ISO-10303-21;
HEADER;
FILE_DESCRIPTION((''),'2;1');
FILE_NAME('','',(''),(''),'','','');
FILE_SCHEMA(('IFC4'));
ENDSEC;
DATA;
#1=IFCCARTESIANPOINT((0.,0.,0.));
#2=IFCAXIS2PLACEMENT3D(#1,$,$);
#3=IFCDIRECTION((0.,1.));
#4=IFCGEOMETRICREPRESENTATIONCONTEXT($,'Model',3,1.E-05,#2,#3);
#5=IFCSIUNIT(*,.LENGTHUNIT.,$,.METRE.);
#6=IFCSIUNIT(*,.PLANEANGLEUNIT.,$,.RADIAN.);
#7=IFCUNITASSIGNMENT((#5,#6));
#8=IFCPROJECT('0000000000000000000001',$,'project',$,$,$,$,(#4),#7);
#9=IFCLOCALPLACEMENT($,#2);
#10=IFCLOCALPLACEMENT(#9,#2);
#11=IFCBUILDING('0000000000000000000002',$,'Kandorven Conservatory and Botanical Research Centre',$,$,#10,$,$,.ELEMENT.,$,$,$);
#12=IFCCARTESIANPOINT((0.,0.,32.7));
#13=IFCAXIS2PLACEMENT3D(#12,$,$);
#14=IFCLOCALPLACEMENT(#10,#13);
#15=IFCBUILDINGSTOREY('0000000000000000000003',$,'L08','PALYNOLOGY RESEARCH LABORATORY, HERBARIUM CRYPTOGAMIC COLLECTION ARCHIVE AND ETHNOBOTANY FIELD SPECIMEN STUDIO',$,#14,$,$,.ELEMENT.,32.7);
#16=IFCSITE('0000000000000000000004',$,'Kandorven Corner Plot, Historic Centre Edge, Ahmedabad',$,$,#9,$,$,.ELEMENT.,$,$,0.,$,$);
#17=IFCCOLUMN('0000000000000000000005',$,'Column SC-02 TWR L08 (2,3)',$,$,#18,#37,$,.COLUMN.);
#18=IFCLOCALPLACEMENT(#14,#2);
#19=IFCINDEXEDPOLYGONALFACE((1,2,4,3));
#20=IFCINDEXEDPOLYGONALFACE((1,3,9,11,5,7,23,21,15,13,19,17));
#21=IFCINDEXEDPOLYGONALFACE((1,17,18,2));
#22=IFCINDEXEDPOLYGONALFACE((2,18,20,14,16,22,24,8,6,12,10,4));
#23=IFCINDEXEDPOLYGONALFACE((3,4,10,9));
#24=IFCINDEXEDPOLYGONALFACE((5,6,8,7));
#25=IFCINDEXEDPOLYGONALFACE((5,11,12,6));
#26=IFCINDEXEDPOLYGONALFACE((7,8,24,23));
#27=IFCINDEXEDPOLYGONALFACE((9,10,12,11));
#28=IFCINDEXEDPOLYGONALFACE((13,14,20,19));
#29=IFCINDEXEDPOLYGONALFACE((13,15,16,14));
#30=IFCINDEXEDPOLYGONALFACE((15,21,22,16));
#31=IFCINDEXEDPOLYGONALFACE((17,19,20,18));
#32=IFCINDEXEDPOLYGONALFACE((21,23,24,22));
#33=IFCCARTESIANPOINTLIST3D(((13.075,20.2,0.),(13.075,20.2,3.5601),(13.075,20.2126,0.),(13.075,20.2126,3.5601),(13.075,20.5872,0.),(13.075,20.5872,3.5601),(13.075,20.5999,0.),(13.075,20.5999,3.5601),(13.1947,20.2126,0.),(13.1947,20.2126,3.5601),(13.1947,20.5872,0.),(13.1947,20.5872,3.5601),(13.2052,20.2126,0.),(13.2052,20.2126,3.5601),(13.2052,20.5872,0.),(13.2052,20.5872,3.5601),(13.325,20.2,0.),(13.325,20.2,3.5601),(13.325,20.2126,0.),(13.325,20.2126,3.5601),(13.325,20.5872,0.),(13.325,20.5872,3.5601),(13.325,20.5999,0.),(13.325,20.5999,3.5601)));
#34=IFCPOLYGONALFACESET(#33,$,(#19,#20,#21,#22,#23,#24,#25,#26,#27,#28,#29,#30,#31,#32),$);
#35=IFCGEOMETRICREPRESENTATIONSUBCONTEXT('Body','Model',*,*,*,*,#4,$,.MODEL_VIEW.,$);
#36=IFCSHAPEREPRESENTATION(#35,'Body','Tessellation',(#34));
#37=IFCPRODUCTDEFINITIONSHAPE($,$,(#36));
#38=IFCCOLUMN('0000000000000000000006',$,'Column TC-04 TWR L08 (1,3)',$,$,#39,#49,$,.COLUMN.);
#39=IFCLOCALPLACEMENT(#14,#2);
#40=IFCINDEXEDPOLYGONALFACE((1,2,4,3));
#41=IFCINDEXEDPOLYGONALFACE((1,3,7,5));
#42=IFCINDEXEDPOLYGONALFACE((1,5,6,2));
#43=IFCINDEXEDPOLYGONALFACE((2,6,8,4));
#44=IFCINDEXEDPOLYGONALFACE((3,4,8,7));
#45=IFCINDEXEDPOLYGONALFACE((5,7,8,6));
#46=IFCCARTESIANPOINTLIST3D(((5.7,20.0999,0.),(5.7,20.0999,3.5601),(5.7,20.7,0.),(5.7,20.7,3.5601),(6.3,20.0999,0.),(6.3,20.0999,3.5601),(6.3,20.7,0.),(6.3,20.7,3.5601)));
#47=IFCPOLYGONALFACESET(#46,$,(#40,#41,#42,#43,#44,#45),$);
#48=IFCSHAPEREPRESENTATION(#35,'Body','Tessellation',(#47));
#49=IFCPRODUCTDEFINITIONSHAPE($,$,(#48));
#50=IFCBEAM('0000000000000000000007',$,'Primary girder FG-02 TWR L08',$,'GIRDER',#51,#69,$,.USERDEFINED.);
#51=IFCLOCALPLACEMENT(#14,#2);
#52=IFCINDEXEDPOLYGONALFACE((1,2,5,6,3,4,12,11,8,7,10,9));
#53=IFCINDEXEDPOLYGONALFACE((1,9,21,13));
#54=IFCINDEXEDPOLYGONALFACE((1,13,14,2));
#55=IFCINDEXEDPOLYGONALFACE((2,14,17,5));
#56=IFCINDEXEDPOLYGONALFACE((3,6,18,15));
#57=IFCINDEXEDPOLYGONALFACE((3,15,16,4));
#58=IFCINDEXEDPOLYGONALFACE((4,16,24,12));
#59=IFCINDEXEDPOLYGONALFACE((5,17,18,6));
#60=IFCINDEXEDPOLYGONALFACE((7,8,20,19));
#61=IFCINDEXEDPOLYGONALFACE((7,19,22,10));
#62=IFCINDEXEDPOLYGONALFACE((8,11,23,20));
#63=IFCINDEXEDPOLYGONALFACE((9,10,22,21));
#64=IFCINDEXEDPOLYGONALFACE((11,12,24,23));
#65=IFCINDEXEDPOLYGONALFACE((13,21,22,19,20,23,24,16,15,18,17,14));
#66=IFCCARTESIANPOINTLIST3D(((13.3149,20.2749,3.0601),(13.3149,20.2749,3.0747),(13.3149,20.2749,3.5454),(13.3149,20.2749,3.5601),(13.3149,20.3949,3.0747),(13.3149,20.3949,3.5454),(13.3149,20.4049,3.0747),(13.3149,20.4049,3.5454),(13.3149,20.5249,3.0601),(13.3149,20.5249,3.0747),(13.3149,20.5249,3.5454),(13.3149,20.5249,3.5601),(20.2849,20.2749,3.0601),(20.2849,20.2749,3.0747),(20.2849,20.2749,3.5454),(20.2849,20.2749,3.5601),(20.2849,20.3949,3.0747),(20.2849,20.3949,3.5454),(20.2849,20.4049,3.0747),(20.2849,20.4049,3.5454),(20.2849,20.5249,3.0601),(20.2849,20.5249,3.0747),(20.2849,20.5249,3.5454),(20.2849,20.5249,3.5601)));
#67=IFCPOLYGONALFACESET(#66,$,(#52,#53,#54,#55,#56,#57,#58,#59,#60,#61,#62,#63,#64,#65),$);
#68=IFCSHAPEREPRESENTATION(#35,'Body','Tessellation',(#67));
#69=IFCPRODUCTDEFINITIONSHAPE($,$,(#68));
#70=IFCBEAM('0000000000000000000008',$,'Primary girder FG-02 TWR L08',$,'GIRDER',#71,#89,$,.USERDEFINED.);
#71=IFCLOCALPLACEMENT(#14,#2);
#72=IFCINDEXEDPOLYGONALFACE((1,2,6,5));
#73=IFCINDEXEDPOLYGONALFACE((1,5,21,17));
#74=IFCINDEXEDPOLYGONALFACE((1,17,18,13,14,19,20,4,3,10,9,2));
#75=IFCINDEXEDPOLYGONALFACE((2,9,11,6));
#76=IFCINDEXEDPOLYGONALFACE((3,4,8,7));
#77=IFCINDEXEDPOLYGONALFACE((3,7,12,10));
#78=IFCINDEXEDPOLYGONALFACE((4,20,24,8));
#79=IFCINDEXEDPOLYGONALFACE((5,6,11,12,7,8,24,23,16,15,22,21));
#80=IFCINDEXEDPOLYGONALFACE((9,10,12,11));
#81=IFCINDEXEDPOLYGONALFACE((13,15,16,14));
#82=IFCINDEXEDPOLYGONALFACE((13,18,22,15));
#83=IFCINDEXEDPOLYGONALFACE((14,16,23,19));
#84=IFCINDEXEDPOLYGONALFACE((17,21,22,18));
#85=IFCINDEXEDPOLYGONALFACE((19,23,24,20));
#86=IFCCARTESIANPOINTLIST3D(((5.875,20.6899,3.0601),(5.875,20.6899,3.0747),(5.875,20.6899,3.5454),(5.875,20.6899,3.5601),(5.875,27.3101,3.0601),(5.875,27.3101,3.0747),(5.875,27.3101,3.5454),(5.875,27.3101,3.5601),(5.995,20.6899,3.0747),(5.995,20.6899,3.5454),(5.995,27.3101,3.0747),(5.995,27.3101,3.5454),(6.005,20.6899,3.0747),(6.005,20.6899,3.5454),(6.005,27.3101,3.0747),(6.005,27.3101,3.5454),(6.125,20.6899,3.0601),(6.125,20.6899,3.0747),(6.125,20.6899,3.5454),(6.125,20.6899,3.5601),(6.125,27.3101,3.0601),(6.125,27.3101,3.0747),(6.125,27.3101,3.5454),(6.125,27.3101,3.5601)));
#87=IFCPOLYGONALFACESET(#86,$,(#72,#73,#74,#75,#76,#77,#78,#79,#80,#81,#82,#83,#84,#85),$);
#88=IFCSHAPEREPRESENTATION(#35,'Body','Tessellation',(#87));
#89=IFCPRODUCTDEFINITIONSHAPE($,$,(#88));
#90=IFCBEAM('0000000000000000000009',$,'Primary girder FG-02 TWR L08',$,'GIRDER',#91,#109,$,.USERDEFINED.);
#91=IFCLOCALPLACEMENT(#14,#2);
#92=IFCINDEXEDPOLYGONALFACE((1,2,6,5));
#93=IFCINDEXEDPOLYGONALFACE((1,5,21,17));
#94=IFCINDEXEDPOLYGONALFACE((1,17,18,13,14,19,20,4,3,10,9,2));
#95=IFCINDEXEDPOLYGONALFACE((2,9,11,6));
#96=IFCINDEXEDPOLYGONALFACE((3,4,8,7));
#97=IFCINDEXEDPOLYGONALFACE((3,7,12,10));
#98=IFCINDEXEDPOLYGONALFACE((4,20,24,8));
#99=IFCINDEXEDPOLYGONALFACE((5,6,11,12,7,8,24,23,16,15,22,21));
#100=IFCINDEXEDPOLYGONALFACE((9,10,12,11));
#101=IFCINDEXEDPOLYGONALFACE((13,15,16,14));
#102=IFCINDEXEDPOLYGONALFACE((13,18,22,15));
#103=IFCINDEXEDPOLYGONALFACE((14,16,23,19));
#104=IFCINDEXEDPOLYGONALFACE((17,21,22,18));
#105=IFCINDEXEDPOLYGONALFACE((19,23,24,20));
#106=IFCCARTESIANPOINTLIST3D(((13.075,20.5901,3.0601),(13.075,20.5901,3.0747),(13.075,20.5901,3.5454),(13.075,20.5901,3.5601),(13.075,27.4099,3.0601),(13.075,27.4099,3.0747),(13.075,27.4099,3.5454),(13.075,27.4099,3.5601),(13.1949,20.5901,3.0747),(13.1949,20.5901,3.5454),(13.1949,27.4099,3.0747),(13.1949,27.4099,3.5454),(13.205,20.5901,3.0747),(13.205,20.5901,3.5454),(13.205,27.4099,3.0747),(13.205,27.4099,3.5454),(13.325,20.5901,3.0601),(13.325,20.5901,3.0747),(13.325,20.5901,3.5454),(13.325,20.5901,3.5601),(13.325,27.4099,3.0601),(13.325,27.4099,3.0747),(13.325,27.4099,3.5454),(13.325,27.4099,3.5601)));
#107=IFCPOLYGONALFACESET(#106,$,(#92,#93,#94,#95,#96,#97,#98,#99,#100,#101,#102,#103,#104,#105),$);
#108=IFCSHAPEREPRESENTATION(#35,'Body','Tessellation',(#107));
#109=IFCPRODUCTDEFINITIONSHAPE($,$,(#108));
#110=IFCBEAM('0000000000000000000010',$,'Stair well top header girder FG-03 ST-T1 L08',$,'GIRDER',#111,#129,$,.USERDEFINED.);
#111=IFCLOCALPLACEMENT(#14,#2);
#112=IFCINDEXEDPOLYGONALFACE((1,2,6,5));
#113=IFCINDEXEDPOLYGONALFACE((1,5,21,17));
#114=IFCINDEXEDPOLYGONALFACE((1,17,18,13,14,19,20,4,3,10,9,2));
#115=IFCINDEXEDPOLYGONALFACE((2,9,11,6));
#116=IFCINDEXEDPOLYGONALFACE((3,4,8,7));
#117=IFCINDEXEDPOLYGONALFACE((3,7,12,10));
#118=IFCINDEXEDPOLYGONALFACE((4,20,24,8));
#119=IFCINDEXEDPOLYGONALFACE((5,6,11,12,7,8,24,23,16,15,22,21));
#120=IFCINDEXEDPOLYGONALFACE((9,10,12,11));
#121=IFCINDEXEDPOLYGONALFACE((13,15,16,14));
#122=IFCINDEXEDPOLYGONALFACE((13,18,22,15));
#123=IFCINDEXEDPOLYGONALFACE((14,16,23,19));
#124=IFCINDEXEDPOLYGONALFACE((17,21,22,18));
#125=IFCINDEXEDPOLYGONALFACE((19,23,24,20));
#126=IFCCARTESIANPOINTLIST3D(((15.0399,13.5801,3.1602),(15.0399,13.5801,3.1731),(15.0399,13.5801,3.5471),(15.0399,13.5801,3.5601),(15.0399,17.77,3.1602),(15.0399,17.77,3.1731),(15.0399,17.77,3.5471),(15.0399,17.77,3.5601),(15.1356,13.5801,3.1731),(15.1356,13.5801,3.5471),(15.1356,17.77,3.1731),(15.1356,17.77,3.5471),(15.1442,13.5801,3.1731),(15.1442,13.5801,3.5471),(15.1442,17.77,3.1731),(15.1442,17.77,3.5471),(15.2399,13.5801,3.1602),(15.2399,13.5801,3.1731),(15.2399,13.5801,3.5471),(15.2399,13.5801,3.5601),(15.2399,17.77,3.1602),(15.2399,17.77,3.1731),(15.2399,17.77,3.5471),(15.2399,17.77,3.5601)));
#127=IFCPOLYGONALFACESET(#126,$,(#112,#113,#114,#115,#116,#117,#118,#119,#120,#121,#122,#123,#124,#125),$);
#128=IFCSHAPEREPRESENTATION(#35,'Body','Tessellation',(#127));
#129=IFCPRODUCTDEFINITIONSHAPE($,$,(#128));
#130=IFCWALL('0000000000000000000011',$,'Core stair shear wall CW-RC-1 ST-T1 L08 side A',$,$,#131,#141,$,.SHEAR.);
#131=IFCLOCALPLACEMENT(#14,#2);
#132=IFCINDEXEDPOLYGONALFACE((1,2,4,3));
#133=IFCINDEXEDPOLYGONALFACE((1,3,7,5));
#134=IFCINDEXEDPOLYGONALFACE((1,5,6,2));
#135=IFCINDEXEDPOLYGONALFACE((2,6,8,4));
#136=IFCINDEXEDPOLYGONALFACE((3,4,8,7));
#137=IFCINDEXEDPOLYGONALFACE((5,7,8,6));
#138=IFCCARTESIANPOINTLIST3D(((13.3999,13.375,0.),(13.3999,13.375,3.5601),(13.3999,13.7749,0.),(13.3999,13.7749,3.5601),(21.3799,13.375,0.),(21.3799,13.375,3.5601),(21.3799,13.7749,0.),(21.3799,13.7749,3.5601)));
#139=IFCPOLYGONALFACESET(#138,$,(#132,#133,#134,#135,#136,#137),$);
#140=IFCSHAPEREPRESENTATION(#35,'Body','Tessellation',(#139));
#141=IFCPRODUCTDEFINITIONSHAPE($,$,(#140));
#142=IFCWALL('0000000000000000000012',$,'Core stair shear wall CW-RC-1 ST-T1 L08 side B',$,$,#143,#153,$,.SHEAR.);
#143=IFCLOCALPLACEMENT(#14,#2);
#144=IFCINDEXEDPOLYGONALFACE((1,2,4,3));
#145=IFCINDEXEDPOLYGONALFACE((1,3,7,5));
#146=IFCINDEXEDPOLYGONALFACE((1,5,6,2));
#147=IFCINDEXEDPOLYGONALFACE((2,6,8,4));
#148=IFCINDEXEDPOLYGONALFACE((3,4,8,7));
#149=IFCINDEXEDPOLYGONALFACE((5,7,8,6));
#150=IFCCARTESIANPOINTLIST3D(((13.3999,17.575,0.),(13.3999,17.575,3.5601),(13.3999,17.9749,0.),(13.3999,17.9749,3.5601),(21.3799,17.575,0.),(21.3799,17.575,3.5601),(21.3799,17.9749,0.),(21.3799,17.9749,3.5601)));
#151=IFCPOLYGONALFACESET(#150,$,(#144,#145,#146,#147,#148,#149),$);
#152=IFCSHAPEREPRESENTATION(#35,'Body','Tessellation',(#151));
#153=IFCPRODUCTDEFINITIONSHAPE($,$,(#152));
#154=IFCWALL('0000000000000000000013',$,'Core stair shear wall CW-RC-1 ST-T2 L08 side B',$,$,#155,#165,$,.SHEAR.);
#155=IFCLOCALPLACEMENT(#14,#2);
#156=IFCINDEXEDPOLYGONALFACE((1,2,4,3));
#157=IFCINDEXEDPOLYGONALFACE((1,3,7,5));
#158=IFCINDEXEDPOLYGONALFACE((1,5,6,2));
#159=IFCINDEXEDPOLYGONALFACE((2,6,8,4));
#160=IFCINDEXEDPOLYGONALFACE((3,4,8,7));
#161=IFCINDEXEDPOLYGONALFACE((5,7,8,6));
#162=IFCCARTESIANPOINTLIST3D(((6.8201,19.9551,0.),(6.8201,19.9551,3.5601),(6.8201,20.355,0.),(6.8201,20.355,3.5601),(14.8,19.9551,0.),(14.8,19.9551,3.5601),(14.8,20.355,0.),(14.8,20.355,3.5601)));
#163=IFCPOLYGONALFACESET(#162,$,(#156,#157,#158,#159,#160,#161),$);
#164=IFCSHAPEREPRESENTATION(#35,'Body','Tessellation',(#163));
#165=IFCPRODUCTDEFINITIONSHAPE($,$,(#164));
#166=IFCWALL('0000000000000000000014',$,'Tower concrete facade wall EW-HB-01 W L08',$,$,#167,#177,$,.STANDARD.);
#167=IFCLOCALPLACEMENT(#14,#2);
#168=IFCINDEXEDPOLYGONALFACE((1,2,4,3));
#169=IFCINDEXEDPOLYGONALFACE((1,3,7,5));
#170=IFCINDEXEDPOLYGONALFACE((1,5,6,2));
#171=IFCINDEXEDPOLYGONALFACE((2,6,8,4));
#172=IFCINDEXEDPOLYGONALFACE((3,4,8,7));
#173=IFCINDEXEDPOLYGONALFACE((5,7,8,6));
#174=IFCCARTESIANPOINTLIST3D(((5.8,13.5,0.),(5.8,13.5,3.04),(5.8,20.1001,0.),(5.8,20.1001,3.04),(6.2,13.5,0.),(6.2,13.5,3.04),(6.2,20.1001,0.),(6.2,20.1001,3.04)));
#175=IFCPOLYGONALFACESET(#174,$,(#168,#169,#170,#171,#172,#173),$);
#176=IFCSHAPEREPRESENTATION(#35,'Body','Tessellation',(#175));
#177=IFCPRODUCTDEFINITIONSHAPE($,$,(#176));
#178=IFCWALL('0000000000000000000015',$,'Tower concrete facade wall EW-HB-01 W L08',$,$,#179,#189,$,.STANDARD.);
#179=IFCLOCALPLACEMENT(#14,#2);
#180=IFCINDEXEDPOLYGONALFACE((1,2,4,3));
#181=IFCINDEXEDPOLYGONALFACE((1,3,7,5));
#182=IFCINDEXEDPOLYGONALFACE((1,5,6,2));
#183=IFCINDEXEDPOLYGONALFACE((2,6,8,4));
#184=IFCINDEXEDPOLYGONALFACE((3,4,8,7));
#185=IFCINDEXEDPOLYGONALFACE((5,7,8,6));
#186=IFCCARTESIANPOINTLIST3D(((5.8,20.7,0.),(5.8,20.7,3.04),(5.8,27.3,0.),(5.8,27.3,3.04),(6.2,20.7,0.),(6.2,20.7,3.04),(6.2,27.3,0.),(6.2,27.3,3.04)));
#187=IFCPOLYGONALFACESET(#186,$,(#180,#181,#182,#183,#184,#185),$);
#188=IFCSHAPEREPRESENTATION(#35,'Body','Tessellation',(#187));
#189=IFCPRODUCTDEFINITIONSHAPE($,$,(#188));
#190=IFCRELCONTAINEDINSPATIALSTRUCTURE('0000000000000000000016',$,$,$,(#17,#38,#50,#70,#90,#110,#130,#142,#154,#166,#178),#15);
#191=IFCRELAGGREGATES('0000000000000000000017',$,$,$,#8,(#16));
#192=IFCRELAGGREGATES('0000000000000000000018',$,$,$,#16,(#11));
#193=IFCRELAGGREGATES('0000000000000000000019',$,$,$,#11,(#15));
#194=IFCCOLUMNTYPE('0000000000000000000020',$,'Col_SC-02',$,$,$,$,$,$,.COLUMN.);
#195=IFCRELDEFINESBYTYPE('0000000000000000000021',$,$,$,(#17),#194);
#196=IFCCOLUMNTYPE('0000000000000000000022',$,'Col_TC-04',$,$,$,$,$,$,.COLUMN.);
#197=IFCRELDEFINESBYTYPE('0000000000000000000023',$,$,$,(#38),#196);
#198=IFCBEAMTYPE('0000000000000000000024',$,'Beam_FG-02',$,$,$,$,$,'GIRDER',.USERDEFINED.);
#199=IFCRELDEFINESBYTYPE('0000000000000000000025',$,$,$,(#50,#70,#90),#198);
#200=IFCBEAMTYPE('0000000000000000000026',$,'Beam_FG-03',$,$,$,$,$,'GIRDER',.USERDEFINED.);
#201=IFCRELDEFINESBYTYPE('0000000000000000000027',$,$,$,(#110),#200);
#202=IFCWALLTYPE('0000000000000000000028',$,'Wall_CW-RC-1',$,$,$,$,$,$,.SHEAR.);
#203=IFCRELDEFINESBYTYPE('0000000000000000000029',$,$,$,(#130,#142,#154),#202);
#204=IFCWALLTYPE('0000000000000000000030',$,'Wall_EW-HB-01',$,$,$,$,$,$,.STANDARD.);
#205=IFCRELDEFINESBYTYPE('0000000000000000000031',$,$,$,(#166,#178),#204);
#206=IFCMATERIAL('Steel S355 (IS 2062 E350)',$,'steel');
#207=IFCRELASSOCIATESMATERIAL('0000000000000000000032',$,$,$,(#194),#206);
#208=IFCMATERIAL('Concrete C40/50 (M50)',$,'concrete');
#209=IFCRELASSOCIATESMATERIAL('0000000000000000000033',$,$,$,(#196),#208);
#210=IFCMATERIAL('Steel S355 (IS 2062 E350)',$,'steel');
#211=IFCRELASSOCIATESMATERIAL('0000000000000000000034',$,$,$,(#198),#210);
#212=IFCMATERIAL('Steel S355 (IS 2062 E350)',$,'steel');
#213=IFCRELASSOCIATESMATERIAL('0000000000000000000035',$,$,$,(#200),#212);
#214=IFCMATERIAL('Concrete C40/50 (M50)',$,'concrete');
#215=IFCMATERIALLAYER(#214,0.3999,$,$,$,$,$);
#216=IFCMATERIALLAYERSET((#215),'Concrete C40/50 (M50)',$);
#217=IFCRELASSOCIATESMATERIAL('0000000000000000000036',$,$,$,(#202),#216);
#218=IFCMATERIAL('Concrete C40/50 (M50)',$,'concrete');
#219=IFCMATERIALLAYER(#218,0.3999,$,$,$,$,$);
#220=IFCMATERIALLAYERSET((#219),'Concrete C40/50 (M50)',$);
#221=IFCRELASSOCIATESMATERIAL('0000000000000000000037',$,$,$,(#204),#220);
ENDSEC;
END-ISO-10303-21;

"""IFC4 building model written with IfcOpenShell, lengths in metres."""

from ifc_helpers import new_model, si_unit, direction, frame, frame_2d, origin, origin_2d, place, context, subcontext, project, spatial, rectangle, i_section, extrude, material, layer, layer_set, material_profile, profile_set, type_object, element, save


model = new_model("IFC4")

# Units and contexts
model_context = context("Model", 3, precision=1e-05, world=origin(), true_north=direction((0.0, 1.0)))
body_context = subcontext(model_context, "Body", "Model", "MODEL_VIEW")
ifc_project = project(units=[si_unit("LENGTHUNIT", "METRE"), si_unit("PLANEANGLEUNIT", "RADIAN")], contexts=[model_context])

# Site, building, storey
site_placement = place(None, origin())
site = spatial("IfcSite", under=ifc_project, at=site_placement, Name="Kandorven Corner Plot, Historic Centre Edge, Ahmedabad", CompositionType="ELEMENT", RefElevation=0.0)
building_placement = place(site_placement, origin())
building = spatial("IfcBuilding", under=site, at=building_placement, Name="Kandorven Conservatory and Botanical Research Centre", CompositionType="ELEMENT")
storey_placement = place(building_placement, frame((0.0, 0.0, 32.7)))
storey = spatial("IfcBuildingStorey", under=building, at=storey_placement, Name="L08", Description="PALYNOLOGY RESEARCH LABORATORY, HERBARIUM CRYPTOGAMIC COLLECTION ARCHIVE AND ETHNOBOTANY FIELD SPECIMEN STUDIO", CompositionType="ELEMENT", Elevation=32.7)

# Columns
ifc_material_1 = material(Name="Steel S355 (IS 2062 E350)", Category="steel")
ifc_material_profile_1 = material_profile(ifc_material_1, i_section(OverallWidth=0.25, OverallDepth=0.3999, WebThickness=0.0105, FlangeThickness=0.0127, at=origin_2d()))
ifc_profile_set_1 = profile_set([ifc_material_profile_1], Name="Steel S355 (IS 2062 E350)")
column_type_1 = type_object("IfcColumnType", Name="Col_SC-02", PredefinedType="COLUMN", material=ifc_profile_set_1)
column_1_placement = place(storey_placement, frame((13.2, 20.3999, 0.0), z_axis=(0.0, 0.0, 1.0), x_axis=(1.0, 0.0, 0.0)))
element("IfcColumn", 1, at=column_1_placement, inside=storey, type_object=column_type_1, Name="Column SC-02 TWR L08 (2,3)", PredefinedType="COLUMN", context=body_context, shape_type="SweptSolid", body=[
    extrude(i_section(OverallWidth=0.25, OverallDepth=0.3999, WebThickness=0.0105, FlangeThickness=0.0127, at=origin_2d()), origin(), (0.0, 0.0, 1.0), 3.5601),
])
ifc_material_2 = material(Name="Concrete C40/50 (M50)", Category="concrete")
ifc_material_profile_2 = material_profile(ifc_material_2, rectangle(XDim=0.6001, YDim=0.6001, at=origin_2d()))
ifc_profile_set_2 = profile_set([ifc_material_profile_2], Name="Concrete C40/50 (M50)")
column_type_2 = type_object("IfcColumnType", Name="Col_TC-04", PredefinedType="COLUMN", material=ifc_profile_set_2)
column_2_placement = place(storey_placement, frame((6.0, 20.3999, 0.0), z_axis=(0.0, 0.0, 1.0), x_axis=(1.0, 0.0, 0.0)))
element("IfcColumn", 2, at=column_2_placement, inside=storey, type_object=column_type_2, Name="Column TC-04 TWR L08 (1,3)", PredefinedType="COLUMN", context=body_context, shape_type="SweptSolid", body=[
    extrude(rectangle(XDim=0.6001, YDim=0.6001, at=origin_2d()), origin(), (0.0, 0.0, 1.0), 3.5601),
])

# Beams
ifc_material_3 = material(Name="Steel S355 (IS 2062 E350)", Category="steel")
ifc_material_profile_3 = material_profile(ifc_material_3, i_section(OverallWidth=0.25, OverallDepth=0.5, WebThickness=0.01, FlangeThickness=0.0146, at=origin_2d()))
ifc_profile_set_3 = profile_set([ifc_material_profile_3], Name="Steel S355 (IS 2062 E350)")
beam_type_1 = type_object("IfcBeamType", Name="Beam_FG-02", ElementType="GIRDER", PredefinedType="USERDEFINED", material=ifc_profile_set_3)
beam_1_placement = place(storey_placement, frame((13.3149, 20.3999, 3.3101), z_axis=(1.0, 0.0, 0.0), x_axis=(0.0, 1.0, 0.0)))
element("IfcBeam", 3, at=beam_1_placement, inside=storey, type_object=beam_type_1, Name="Primary girder FG-02 TWR L08", ObjectType="GIRDER", PredefinedType="USERDEFINED", context=body_context, shape_type="SweptSolid", body=[
    extrude(i_section(OverallWidth=0.25, OverallDepth=0.5, WebThickness=0.01, FlangeThickness=0.0146, at=origin_2d()), origin(), (0.0, 0.0, 1.0), 6.97),
])
beam_2_placement = place(storey_placement, frame((6.0, 20.6899, 3.3101), z_axis=(0.0, 1.0, 0.0), x_axis=(-1.0, 0.0, 0.0)))
element("IfcBeam", 4, at=beam_2_placement, inside=storey, type_object=beam_type_1, Name="Primary girder FG-02 TWR L08", ObjectType="GIRDER", PredefinedType="USERDEFINED", context=body_context, shape_type="SweptSolid", body=[
    extrude(i_section(OverallWidth=0.25, OverallDepth=0.5, WebThickness=0.01, FlangeThickness=0.0146, at=origin_2d()), origin(), (0.0, 0.0, 1.0), 6.6201),
])
beam_3_placement = place(storey_placement, frame((13.2, 20.5901, 3.3101), z_axis=(0.0, 1.0, 0.0), x_axis=(-1.0, 0.0, 0.0)))
element("IfcBeam", 5, at=beam_3_placement, inside=storey, type_object=beam_type_1, Name="Primary girder FG-02 TWR L08", ObjectType="GIRDER", PredefinedType="USERDEFINED", context=body_context, shape_type="SweptSolid", body=[
    extrude(i_section(OverallWidth=0.25, OverallDepth=0.5, WebThickness=0.01, FlangeThickness=0.0146, at=origin_2d()), origin(), (0.0, 0.0, 1.0), 6.8198),
])
ifc_material_4 = material(Name="Steel S355 (IS 2062 E350)", Category="steel")
ifc_material_profile_4 = material_profile(ifc_material_4, i_section(OverallWidth=0.2, OverallDepth=0.3999, WebThickness=0.0085, FlangeThickness=0.0129, at=origin_2d()))
ifc_profile_set_4 = profile_set([ifc_material_profile_4], Name="Steel S355 (IS 2062 E350)")
beam_type_2 = type_object("IfcBeamType", Name="Beam_FG-03", ElementType="GIRDER", PredefinedType="USERDEFINED", material=ifc_profile_set_4)
beam_4_placement = place(storey_placement, frame((15.1399, 13.5801, 3.3601), z_axis=(0.0, 1.0, 0.0), x_axis=(-1.0, 0.0, 0.0)))
element("IfcBeam", 6, at=beam_4_placement, inside=storey, type_object=beam_type_2, Name="Stair well top header girder FG-03 ST-T1 L08", ObjectType="GIRDER", PredefinedType="USERDEFINED", context=body_context, shape_type="SweptSolid", body=[
    extrude(i_section(OverallWidth=0.2, OverallDepth=0.3999, WebThickness=0.0085, FlangeThickness=0.0129, at=origin_2d()), origin(), (0.0, 0.0, 1.0), 4.1899),
])

# Walls
ifc_material_5 = material(Name="Concrete C40/50 (M50)", Category="concrete")
ifc_layer_1 = layer(ifc_material_5, 0.3999)
ifc_layer_set_1 = layer_set([ifc_layer_1], Name="Concrete C40/50 (M50)")
wall_type_1 = type_object("IfcWallType", Name="Wall_CW-RC-1", PredefinedType="SHEAR", material=ifc_layer_set_1)
for number, where, z_axis, x_axis, name in (
    (7, (13.3999, 13.575, 0.0), (0.0, 0.0, 1.0), (1.0, 0.0, 0.0), "Core stair shear wall CW-RC-1 ST-T1 L08 side A"),
    (8, (13.3999, 17.7749, 0.0), (0.0, 0.0, 1.0), (1.0, 0.0, 0.0), "Core stair shear wall CW-RC-1 ST-T1 L08 side B"),
    (9, (14.8, 20.155, 0.0), (0.0, 0.0, 1.0), (-1.0, 0.0, 0.0), "Core stair shear wall CW-RC-1 ST-T2 L08 side B"),
):
    element("IfcWall", number, at=place(storey_placement, frame(where, z_axis=z_axis, x_axis=x_axis)), inside=storey, type_object=wall_type_1, Name=name, PredefinedType="SHEAR", context=body_context, shape_type="SweptSolid", body=[
        extrude(rectangle(XDim=7.98, YDim=0.3999, at=frame_2d((3.99, 0.0))), origin(), (0.0, 0.0, 1.0), 3.5601),
    ])
ifc_material_6 = material(Name="Concrete C40/50 (M50)", Category="concrete")
ifc_layer_2 = layer(ifc_material_6, 0.3999)
ifc_layer_set_2 = layer_set([ifc_layer_2], Name="Concrete C40/50 (M50)")
wall_type_2 = type_object("IfcWallType", Name="Wall_EW-HB-01", PredefinedType="STANDARD", material=ifc_layer_set_2)
for number, where, z_axis, x_axis, name in (
    (10, (6.0, 13.5, 0.0), (0.0, 0.0, 1.0), (0.0, 1.0, 0.0), "Tower concrete facade wall EW-HB-01 W L08"),
    (11, (6.0, 20.7, 0.0), (0.0, 0.0, 1.0), (0.0, 1.0, 0.0), "Tower concrete facade wall EW-HB-01 W L08"),
):
    element("IfcWall", number, at=place(storey_placement, frame(where, z_axis=z_axis, x_axis=x_axis)), inside=storey, type_object=wall_type_2, Name=name, PredefinedType="STANDARD", context=body_context, shape_type="SweptSolid", body=[
        extrude(rectangle(XDim=6.6001, YDim=0.3999, at=frame_2d((3.3, 0.0))), origin(), (0.0, 0.0, 1.0), 3.04),
    ])

save(model, "model.ifc")
